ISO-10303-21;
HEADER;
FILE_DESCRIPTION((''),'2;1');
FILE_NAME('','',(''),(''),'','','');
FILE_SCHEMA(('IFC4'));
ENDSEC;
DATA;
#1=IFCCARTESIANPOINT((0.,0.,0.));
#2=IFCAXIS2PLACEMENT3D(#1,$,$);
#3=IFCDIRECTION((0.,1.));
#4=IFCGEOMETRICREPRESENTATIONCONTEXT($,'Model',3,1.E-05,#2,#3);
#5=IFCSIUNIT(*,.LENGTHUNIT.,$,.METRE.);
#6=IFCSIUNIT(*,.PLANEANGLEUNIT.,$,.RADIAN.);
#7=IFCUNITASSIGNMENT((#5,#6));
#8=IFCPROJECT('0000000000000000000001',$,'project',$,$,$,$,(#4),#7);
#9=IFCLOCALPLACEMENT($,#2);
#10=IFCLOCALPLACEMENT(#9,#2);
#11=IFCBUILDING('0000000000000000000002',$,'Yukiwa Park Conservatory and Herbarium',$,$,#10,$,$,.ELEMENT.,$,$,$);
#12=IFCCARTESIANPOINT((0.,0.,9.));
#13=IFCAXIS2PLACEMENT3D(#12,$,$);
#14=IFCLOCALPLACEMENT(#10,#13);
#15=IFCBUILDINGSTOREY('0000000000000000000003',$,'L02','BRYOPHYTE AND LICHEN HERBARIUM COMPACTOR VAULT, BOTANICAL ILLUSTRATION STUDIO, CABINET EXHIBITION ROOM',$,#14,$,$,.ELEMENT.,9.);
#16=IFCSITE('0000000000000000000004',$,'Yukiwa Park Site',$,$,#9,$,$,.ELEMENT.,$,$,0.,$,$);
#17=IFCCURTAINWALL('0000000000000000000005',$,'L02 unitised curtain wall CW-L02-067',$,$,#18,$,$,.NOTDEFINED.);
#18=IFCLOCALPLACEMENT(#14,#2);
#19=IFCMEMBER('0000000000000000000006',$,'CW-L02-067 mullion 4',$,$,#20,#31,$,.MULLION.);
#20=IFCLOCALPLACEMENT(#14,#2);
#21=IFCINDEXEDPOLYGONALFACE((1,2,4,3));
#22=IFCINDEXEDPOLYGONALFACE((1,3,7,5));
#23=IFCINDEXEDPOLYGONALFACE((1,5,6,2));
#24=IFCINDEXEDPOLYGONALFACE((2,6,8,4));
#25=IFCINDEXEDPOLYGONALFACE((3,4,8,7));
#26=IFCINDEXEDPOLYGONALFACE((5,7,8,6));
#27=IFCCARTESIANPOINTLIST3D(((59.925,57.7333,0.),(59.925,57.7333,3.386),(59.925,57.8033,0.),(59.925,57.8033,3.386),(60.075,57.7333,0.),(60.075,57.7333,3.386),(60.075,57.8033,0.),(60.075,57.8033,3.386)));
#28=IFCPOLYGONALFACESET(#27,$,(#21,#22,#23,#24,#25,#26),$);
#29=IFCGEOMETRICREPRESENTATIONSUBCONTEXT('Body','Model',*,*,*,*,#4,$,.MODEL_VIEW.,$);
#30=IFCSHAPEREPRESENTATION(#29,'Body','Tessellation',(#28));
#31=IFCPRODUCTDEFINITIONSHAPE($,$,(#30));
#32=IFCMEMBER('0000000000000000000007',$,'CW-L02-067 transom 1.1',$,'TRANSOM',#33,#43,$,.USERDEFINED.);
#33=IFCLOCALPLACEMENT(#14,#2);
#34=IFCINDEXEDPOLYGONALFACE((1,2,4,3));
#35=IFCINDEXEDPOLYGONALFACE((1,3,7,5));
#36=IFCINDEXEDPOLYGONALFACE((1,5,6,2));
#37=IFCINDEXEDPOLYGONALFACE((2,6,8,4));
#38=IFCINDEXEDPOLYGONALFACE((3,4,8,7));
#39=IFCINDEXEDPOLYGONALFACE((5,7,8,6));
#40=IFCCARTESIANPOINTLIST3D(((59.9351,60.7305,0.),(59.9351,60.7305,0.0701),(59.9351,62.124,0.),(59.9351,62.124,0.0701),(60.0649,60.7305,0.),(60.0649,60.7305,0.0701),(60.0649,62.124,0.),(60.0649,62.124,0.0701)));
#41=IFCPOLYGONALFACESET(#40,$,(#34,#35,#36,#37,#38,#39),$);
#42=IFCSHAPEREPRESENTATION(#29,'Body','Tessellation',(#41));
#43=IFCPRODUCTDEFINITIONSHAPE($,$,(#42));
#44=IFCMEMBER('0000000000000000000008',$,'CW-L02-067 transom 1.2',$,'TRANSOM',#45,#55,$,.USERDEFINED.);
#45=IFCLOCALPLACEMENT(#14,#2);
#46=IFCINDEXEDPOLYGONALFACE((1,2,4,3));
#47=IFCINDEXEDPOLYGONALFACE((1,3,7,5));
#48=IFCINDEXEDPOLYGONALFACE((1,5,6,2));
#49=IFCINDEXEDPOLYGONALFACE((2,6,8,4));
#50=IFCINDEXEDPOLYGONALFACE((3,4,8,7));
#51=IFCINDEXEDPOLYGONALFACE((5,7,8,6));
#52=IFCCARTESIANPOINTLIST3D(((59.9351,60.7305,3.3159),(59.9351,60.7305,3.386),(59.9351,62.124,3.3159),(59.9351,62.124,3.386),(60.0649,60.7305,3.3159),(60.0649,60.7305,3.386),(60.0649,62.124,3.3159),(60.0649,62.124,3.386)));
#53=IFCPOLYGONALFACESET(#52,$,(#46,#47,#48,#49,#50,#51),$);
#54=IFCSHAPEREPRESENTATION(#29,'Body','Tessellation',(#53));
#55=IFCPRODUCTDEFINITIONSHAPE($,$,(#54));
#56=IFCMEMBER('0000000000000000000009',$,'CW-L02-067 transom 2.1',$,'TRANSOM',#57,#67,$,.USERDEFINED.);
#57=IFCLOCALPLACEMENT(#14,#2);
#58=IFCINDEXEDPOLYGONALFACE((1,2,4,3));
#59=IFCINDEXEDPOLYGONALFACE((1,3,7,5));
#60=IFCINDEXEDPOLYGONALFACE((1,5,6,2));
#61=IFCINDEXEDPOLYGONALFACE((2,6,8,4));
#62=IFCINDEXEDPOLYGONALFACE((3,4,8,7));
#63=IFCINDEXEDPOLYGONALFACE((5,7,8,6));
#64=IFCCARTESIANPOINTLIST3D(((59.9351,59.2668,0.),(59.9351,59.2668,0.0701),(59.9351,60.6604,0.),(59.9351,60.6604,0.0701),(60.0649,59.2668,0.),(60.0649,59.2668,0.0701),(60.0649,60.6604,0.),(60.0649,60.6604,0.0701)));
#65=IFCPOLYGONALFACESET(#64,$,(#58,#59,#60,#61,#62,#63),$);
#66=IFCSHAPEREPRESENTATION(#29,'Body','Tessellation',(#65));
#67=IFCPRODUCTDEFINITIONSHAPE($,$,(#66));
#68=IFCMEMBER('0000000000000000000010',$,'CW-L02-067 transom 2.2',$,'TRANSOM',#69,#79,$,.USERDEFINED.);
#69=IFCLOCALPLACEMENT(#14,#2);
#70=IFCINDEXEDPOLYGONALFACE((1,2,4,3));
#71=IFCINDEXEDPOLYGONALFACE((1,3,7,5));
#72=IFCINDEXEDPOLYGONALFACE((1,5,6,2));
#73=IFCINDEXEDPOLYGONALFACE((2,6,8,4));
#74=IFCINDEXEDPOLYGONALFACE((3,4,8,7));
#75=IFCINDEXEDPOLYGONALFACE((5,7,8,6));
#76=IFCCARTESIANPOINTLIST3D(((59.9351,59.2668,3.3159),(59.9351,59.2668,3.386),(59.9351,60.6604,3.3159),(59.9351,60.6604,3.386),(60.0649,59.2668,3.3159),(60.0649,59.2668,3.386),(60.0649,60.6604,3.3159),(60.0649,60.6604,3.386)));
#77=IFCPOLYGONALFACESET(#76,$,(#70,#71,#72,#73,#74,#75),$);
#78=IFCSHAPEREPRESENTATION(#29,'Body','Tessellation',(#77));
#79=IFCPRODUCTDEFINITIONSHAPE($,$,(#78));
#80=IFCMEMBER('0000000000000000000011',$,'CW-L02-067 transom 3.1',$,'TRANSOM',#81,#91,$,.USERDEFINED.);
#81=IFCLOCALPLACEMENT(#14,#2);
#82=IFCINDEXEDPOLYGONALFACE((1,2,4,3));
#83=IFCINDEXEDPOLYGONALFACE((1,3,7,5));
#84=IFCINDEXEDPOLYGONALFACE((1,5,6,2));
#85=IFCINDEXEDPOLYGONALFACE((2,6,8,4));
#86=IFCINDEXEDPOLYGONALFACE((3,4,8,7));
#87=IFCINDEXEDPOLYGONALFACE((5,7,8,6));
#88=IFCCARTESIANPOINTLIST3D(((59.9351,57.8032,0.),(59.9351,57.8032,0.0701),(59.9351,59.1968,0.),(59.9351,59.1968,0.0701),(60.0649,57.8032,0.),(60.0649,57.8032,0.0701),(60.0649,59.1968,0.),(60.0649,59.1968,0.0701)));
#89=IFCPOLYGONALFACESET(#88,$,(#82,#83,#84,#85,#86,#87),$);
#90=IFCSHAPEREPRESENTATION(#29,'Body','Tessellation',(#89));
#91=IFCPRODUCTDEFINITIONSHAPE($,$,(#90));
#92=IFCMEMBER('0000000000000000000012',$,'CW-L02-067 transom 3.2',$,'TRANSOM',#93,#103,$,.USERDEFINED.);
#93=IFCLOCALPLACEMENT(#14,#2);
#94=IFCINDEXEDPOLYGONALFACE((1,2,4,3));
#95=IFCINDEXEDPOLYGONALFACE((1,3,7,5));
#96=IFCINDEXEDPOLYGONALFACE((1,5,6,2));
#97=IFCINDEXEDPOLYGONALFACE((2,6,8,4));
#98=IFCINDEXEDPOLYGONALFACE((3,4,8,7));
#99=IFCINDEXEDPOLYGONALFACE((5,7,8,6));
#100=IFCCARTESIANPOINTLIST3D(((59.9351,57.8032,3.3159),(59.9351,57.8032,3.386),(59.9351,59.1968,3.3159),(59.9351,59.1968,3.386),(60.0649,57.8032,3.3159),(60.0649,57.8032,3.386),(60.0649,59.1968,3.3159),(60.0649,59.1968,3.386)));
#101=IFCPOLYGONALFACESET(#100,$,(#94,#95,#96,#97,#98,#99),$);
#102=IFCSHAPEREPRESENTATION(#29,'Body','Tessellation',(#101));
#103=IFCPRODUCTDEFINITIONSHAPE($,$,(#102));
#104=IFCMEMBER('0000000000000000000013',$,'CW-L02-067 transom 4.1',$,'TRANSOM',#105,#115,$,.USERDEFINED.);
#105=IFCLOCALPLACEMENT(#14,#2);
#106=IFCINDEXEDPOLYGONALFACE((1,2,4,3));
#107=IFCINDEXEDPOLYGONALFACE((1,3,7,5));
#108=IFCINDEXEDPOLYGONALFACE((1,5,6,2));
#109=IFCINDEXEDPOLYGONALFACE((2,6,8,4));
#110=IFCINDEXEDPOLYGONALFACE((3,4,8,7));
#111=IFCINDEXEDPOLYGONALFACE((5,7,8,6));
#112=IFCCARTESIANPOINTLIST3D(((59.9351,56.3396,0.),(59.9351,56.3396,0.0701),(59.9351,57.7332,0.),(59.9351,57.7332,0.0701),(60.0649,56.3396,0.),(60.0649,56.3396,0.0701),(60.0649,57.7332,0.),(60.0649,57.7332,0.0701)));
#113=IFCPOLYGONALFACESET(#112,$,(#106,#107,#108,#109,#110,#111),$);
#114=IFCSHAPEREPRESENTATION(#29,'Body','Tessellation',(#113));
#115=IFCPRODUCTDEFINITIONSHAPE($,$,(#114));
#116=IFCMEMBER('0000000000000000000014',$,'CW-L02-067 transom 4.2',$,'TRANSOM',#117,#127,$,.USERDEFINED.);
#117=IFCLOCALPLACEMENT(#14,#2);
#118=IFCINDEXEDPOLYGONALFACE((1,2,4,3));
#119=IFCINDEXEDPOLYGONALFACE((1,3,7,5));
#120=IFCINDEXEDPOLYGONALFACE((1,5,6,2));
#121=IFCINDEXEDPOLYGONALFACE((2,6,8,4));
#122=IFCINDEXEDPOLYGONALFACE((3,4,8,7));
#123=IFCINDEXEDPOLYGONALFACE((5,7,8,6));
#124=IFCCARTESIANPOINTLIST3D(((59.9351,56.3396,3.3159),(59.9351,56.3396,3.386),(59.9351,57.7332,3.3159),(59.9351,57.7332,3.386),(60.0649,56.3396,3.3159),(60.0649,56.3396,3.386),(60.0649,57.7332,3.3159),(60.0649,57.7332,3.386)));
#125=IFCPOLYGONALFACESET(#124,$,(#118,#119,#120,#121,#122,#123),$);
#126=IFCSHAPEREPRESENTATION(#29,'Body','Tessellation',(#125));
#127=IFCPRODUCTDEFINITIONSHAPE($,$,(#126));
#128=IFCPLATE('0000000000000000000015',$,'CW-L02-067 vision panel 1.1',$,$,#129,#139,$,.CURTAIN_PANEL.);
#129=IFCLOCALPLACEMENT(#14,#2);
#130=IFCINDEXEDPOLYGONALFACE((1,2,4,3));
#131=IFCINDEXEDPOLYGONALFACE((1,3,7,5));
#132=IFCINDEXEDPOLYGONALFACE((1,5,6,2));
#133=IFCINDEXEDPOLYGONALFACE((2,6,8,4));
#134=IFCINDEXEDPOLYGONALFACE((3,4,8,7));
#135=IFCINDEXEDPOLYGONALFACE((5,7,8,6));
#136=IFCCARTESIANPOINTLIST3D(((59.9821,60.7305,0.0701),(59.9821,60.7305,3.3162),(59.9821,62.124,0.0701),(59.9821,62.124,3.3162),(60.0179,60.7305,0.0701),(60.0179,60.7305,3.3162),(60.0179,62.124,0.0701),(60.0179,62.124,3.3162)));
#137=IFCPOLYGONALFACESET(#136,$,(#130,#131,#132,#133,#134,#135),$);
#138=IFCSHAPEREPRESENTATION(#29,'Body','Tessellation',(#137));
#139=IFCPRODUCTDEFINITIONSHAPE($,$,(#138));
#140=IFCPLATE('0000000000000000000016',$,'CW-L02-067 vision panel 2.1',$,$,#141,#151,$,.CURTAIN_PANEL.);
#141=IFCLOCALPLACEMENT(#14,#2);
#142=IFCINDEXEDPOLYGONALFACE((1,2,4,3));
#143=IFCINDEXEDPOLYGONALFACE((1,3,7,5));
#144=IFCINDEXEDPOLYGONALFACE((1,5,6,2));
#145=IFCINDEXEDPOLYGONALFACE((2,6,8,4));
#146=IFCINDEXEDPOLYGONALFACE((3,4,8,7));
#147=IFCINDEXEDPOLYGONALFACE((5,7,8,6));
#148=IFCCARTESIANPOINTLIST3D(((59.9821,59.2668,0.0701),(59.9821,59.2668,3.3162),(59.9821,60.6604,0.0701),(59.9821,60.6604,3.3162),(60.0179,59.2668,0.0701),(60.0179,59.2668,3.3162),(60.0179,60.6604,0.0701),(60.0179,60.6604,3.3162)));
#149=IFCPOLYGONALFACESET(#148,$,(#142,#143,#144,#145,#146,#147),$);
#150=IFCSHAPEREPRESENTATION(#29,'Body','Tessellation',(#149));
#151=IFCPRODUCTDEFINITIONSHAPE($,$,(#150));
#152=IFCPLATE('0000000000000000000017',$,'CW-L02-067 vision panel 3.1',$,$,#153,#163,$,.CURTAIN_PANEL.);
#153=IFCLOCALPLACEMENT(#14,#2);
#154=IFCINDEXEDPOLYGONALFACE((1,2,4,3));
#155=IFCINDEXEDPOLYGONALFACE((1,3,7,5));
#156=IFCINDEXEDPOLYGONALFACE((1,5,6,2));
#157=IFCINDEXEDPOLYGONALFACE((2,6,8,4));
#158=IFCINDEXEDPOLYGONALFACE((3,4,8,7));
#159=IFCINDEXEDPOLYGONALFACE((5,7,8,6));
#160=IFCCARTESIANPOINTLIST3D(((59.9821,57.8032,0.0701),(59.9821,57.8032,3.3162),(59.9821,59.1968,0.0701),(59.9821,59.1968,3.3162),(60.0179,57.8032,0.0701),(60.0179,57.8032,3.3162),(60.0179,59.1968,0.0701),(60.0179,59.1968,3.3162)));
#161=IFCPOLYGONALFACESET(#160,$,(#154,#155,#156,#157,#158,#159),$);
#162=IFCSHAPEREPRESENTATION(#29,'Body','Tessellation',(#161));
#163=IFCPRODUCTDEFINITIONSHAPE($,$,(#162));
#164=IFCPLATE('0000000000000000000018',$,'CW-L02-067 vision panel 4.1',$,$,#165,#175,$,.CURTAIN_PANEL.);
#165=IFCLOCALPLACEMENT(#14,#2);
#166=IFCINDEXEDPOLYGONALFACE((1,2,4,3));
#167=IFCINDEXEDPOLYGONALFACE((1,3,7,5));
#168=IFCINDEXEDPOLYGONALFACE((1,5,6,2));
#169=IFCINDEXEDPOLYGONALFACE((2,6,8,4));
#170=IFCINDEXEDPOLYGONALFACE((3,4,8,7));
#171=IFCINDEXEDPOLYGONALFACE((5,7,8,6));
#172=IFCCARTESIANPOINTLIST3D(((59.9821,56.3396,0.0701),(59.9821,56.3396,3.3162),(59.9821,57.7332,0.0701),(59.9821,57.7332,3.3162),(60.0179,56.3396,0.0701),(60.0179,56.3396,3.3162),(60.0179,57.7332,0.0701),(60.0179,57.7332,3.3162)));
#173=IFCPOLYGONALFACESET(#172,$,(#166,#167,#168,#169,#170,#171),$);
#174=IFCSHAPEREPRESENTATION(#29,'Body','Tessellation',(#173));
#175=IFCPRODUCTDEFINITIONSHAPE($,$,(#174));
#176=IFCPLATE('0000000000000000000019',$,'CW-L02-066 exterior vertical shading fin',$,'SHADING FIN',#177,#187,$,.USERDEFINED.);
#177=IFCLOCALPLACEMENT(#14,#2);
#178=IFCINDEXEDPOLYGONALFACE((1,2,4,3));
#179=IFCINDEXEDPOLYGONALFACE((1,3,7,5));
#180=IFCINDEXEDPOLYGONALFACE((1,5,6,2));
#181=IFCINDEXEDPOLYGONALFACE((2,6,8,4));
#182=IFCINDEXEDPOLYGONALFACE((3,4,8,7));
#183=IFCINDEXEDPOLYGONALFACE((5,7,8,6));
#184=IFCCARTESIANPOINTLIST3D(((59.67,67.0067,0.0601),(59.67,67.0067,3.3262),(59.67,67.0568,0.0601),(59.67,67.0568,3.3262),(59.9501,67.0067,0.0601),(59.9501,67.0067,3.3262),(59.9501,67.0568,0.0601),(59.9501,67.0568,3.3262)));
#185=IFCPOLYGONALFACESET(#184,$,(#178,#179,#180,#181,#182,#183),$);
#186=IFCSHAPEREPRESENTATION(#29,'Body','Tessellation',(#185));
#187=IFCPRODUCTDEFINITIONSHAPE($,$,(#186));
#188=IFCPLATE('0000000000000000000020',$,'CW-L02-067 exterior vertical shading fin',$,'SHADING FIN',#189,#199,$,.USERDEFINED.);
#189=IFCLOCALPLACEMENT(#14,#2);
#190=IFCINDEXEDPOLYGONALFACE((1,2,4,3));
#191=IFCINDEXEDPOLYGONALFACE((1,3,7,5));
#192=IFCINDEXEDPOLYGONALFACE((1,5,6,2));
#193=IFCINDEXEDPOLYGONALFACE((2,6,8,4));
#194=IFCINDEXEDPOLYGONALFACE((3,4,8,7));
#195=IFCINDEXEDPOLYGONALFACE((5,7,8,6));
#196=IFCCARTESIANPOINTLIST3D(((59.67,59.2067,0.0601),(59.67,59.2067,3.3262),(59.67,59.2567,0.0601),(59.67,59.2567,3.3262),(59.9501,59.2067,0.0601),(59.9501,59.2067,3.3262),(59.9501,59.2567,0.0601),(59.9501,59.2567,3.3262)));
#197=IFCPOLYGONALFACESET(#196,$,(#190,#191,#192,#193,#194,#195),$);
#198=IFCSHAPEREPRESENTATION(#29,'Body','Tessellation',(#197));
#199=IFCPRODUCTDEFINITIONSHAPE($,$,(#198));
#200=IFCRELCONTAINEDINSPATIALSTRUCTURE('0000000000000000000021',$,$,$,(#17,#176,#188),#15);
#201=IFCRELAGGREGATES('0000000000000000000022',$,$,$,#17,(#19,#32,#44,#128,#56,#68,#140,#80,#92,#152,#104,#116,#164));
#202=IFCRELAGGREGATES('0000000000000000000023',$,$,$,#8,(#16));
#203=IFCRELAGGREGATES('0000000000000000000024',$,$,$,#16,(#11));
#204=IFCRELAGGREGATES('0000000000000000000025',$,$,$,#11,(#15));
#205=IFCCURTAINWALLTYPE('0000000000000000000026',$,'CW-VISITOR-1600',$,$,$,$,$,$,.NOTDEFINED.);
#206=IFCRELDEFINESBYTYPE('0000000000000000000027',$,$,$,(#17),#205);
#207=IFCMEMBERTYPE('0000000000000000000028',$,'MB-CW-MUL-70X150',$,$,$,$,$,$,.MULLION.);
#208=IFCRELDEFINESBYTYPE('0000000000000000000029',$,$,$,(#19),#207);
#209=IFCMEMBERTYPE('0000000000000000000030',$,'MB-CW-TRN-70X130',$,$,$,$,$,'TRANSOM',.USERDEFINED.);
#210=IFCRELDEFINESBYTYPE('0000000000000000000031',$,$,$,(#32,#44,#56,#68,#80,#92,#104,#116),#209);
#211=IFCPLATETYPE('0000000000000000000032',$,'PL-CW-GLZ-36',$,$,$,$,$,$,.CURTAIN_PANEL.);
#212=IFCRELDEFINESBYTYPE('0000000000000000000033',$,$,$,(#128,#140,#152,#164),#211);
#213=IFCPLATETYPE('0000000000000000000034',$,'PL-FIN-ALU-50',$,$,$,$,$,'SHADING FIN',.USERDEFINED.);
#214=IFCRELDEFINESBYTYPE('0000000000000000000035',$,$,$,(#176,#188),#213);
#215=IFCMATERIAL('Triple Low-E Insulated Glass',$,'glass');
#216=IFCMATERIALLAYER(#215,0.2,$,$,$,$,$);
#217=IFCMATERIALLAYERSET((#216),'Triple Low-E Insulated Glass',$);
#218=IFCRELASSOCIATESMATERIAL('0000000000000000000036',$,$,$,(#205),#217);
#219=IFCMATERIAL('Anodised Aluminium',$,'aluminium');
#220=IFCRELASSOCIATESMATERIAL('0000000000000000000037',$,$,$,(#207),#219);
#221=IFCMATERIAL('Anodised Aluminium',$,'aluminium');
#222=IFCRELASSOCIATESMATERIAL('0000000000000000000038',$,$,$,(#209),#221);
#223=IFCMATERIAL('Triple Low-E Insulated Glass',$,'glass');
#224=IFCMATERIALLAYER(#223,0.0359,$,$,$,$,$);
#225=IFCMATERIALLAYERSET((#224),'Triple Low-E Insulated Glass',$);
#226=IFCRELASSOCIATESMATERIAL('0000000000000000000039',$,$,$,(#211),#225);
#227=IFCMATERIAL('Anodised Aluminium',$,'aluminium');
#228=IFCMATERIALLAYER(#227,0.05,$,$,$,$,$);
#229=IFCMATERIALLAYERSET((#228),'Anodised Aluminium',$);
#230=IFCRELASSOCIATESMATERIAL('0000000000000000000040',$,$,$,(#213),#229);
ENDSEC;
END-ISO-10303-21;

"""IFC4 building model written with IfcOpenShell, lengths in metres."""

from ifc_helpers import new_model, si_unit, direction, frame, origin, origin_2d, place, context, subcontext, project, spatial, rectangle, extrude, material, layer, layer_set, type_object, element, aggregate, save


model = new_model("IFC4")

# Units and contexts
model_context = context("Model", 3, precision=1e-05, world=origin(), true_north=direction((0.0, 1.0)))
body_context = subcontext(model_context, "Body", "Model", "MODEL_VIEW")
ifc_project = project(units=[si_unit("LENGTHUNIT", "METRE"), si_unit("PLANEANGLEUNIT", "RADIAN")], contexts=[model_context])

# Site, building, storey
site_placement = place(None, origin())
site = spatial("IfcSite", under=ifc_project, at=site_placement, Name="Yukiwa Park Site", CompositionType="ELEMENT", RefElevation=0.0)
building_placement = place(site_placement, origin())
building = spatial("IfcBuilding", under=site, at=building_placement, Name="Yukiwa Park Conservatory and Herbarium", CompositionType="ELEMENT")
storey_placement = place(building_placement, frame((0.0, 0.0, 9.0)))
storey = spatial("IfcBuildingStorey", under=building, at=storey_placement, Name="L02", Description="BRYOPHYTE AND LICHEN HERBARIUM COMPACTOR VAULT, BOTANICAL ILLUSTRATION STUDIO, CABINET EXHIBITION ROOM", CompositionType="ELEMENT", Elevation=9.0)

# Curtain wall, members, plates
ifc_material_1 = material(Name="Triple Low-E Insulated Glass", Category="glass")
ifc_layer_1 = layer(ifc_material_1, 0.2)
ifc_layer_set_1 = layer_set([ifc_layer_1], Name="Triple Low-E Insulated Glass")
curtain_wall_type = type_object("IfcCurtainWallType", Name="CW-VISITOR-1600", PredefinedType="NOTDEFINED", material=ifc_layer_set_1)
curtain_wall_placement = place(storey_placement, origin())
curtain_wall = element("IfcCurtainWall", 1, at=curtain_wall_placement, inside=storey, type_object=curtain_wall_type, Name="L02 unitised curtain wall CW-L02-067", PredefinedType="NOTDEFINED")
ifc_material_2 = material(Name="Anodised Aluminium", Category="aluminium")
member_type_1 = type_object("IfcMemberType", Name="MB-CW-MUL-70X150", PredefinedType="MULLION", material=ifc_material_2)
member_1_placement = place(storey_placement, frame((60.0, 57.7683, 0.0), z_axis=(0.0, 0.0, 1.0), x_axis=(0.0, -1.0, 0.0)))
member_1 = element("IfcMember", 2, at=member_1_placement, type_object=member_type_1, Name="CW-L02-067 mullion 4", PredefinedType="MULLION", context=body_context, shape_type="SweptSolid", body=[
    extrude(rectangle(XDim=0.0701, YDim=0.1499, at=origin_2d()), origin(), (0.0, 0.0, 1.0), 3.386),
])
ifc_material_3 = material(Name="Anodised Aluminium", Category="aluminium")
member_type_2 = type_object("IfcMemberType", Name="MB-CW-TRN-70X130", ElementType="TRANSOM", PredefinedType="USERDEFINED", material=ifc_material_3)
member_2_placement = place(storey_placement, frame((60.0, 61.4272, 0.0), z_axis=(0.0, 0.0, 1.0), x_axis=(0.0, -1.0, 0.0)))
member_2 = element("IfcMember", 3, at=member_2_placement, type_object=member_type_2, Name="CW-L02-067 transom 1.1", ObjectType="TRANSOM", PredefinedType="USERDEFINED", context=body_context, shape_type="SweptSolid", body=[
    extrude(rectangle(XDim=1.3936, YDim=0.1299, at=origin_2d()), origin(), (0.0, 0.0, 1.0), 0.0701),
])
member_3_placement = place(storey_placement, frame((60.0, 61.4272, 3.3159), z_axis=(0.0, 0.0, 1.0), x_axis=(0.0, -1.0, 0.0)))
member_3 = element("IfcMember", 4, at=member_3_placement, type_object=member_type_2, Name="CW-L02-067 transom 1.2", ObjectType="TRANSOM", PredefinedType="USERDEFINED", context=body_context, shape_type="SweptSolid", body=[
    extrude(rectangle(XDim=1.3936, YDim=0.1299, at=origin_2d()), origin(), (0.0, 0.0, 1.0), 0.0701),
])
member_4_placement = place(storey_placement, frame((60.0, 59.9636, 0.0), z_axis=(0.0, 0.0, 1.0), x_axis=(0.0, -1.0, 0.0)))
member_4 = element("IfcMember", 5, at=member_4_placement, type_object=member_type_2, Name="CW-L02-067 transom 2.1", ObjectType="TRANSOM", PredefinedType="USERDEFINED", context=body_context, shape_type="SweptSolid", body=[
    extrude(rectangle(XDim=1.3936, YDim=0.1299, at=origin_2d()), origin(), (0.0, 0.0, 1.0), 0.0701),
])
member_5_placement = place(storey_placement, frame((60.0, 59.9636, 3.3159), z_axis=(0.0, 0.0, 1.0), x_axis=(0.0, -1.0, 0.0)))
member_5 = element("IfcMember", 6, at=member_5_placement, type_object=member_type_2, Name="CW-L02-067 transom 2.2", ObjectType="TRANSOM", PredefinedType="USERDEFINED", context=body_context, shape_type="SweptSolid", body=[
    extrude(rectangle(XDim=1.3936, YDim=0.1299, at=origin_2d()), origin(), (0.0, 0.0, 1.0), 0.0701),
])
member_6_placement = place(storey_placement, frame((60.0, 58.5, 0.0), z_axis=(0.0, 0.0, 1.0), x_axis=(0.0, -1.0, 0.0)))
member_6 = element("IfcMember", 7, at=member_6_placement, type_object=member_type_2, Name="CW-L02-067 transom 3.1", ObjectType="TRANSOM", PredefinedType="USERDEFINED", context=body_context, shape_type="SweptSolid", body=[
    extrude(rectangle(XDim=1.3936, YDim=0.1299, at=origin_2d()), origin(), (0.0, 0.0, 1.0), 0.0701),
])
member_7_placement = place(storey_placement, frame((60.0, 58.5, 3.3159), z_axis=(0.0, 0.0, 1.0), x_axis=(0.0, -1.0, 0.0)))
member_7 = element("IfcMember", 8, at=member_7_placement, type_object=member_type_2, Name="CW-L02-067 transom 3.2", ObjectType="TRANSOM", PredefinedType="USERDEFINED", context=body_context, shape_type="SweptSolid", body=[
    extrude(rectangle(XDim=1.3936, YDim=0.1299, at=origin_2d()), origin(), (0.0, 0.0, 1.0), 0.0701),
])
member_8_placement = place(storey_placement, frame((60.0, 57.0364, 0.0), z_axis=(0.0, 0.0, 1.0), x_axis=(0.0, -1.0, 0.0)))
member_8 = element("IfcMember", 9, at=member_8_placement, type_object=member_type_2, Name="CW-L02-067 transom 4.1", ObjectType="TRANSOM", PredefinedType="USERDEFINED", context=body_context, shape_type="SweptSolid", body=[
    extrude(rectangle(XDim=1.3936, YDim=0.1299, at=origin_2d()), origin(), (0.0, 0.0, 1.0), 0.0701),
])
member_9_placement = place(storey_placement, frame((60.0, 57.0364, 3.3159), z_axis=(0.0, 0.0, 1.0), x_axis=(0.0, -1.0, 0.0)))
member_9 = element("IfcMember", 10, at=member_9_placement, type_object=member_type_2, Name="CW-L02-067 transom 4.2", ObjectType="TRANSOM", PredefinedType="USERDEFINED", context=body_context, shape_type="SweptSolid", body=[
    extrude(rectangle(XDim=1.3936, YDim=0.1299, at=origin_2d()), origin(), (0.0, 0.0, 1.0), 0.0701),
])
ifc_material_4 = material(Name="Triple Low-E Insulated Glass", Category="glass")
ifc_layer_2 = layer(ifc_material_4, 0.0359)
ifc_layer_set_2 = layer_set([ifc_layer_2], Name="Triple Low-E Insulated Glass")
plate_type_1 = type_object("IfcPlateType", Name="PL-CW-GLZ-36", PredefinedType="CURTAIN_PANEL", material=ifc_layer_set_2)
plate_1_placement = place(storey_placement, frame((60.0, 61.4272, 0.0701), z_axis=(0.0, 0.0, 1.0), x_axis=(0.0, -1.0, 0.0)))
plate_1 = element("IfcPlate", 11, at=plate_1_placement, type_object=plate_type_1, Name="CW-L02-067 vision panel 1.1", PredefinedType="CURTAIN_PANEL", context=body_context, shape_type="SweptSolid", body=[
    extrude(rectangle(XDim=1.3936, YDim=0.0359, at=origin_2d()), origin(), (0.0, 0.0, 1.0), 3.2461),
])
plate_2_placement = place(storey_placement, frame((60.0, 59.9636, 0.0701), z_axis=(0.0, 0.0, 1.0), x_axis=(0.0, -1.0, 0.0)))
plate_2 = element("IfcPlate", 12, at=plate_2_placement, type_object=plate_type_1, Name="CW-L02-067 vision panel 2.1", PredefinedType="CURTAIN_PANEL", context=body_context, shape_type="SweptSolid", body=[
    extrude(rectangle(XDim=1.3936, YDim=0.0359, at=origin_2d()), origin(), (0.0, 0.0, 1.0), 3.2461),
])
plate_3_placement = place(storey_placement, frame((60.0, 58.5, 0.0701), z_axis=(0.0, 0.0, 1.0), x_axis=(0.0, -1.0, 0.0)))
plate_3 = element("IfcPlate", 13, at=plate_3_placement, type_object=plate_type_1, Name="CW-L02-067 vision panel 3.1", PredefinedType="CURTAIN_PANEL", context=body_context, shape_type="SweptSolid", body=[
    extrude(rectangle(XDim=1.3936, YDim=0.0359, at=origin_2d()), origin(), (0.0, 0.0, 1.0), 3.2461),
])
plate_4_placement = place(storey_placement, frame((60.0, 57.0364, 0.0701), z_axis=(0.0, 0.0, 1.0), x_axis=(0.0, -1.0, 0.0)))
plate_4 = element("IfcPlate", 14, at=plate_4_placement, type_object=plate_type_1, Name="CW-L02-067 vision panel 4.1", PredefinedType="CURTAIN_PANEL", context=body_context, shape_type="SweptSolid", body=[
    extrude(rectangle(XDim=1.3936, YDim=0.0359, at=origin_2d()), origin(), (0.0, 0.0, 1.0), 3.2461),
])
aggregate(curtain_wall, [member_1, member_2, member_3, plate_1, member_4, member_5, plate_2, member_6, member_7, plate_3, member_8, member_9, plate_4])

# Plates
ifc_material_5 = material(Name="Anodised Aluminium", Category="aluminium")
ifc_layer_3 = layer(ifc_material_5, 0.05)
ifc_layer_set_3 = layer_set([ifc_layer_3], Name="Anodised Aluminium")
plate_type_2 = type_object("IfcPlateType", Name="PL-FIN-ALU-50", ElementType="SHADING FIN", PredefinedType="USERDEFINED", material=ifc_layer_set_3)
for number, where, z_axis, x_axis, name in (
    (15, (59.8101, 67.0317, 0.0601), (0.0, 0.0, 1.0), (0.0, -1.0, 0.0), "CW-L02-066 exterior vertical shading fin"),
    (16, (59.8101, 59.2317, 0.0601), (0.0, 0.0, 1.0), (0.0, -1.0, 0.0), "CW-L02-067 exterior vertical shading fin"),
):
    element("IfcPlate", number, at=place(storey_placement, frame(where, z_axis=z_axis, x_axis=x_axis)), inside=storey, type_object=plate_type_2, Name=name, ObjectType="SHADING FIN", PredefinedType="USERDEFINED", context=body_context, shape_type="SweptSolid", body=[
        extrude(rectangle(XDim=0.05, YDim=0.28, at=origin_2d()), origin(), (0.0, 0.0, 1.0), 3.2661),
    ])

save(model, "model.ifc")
